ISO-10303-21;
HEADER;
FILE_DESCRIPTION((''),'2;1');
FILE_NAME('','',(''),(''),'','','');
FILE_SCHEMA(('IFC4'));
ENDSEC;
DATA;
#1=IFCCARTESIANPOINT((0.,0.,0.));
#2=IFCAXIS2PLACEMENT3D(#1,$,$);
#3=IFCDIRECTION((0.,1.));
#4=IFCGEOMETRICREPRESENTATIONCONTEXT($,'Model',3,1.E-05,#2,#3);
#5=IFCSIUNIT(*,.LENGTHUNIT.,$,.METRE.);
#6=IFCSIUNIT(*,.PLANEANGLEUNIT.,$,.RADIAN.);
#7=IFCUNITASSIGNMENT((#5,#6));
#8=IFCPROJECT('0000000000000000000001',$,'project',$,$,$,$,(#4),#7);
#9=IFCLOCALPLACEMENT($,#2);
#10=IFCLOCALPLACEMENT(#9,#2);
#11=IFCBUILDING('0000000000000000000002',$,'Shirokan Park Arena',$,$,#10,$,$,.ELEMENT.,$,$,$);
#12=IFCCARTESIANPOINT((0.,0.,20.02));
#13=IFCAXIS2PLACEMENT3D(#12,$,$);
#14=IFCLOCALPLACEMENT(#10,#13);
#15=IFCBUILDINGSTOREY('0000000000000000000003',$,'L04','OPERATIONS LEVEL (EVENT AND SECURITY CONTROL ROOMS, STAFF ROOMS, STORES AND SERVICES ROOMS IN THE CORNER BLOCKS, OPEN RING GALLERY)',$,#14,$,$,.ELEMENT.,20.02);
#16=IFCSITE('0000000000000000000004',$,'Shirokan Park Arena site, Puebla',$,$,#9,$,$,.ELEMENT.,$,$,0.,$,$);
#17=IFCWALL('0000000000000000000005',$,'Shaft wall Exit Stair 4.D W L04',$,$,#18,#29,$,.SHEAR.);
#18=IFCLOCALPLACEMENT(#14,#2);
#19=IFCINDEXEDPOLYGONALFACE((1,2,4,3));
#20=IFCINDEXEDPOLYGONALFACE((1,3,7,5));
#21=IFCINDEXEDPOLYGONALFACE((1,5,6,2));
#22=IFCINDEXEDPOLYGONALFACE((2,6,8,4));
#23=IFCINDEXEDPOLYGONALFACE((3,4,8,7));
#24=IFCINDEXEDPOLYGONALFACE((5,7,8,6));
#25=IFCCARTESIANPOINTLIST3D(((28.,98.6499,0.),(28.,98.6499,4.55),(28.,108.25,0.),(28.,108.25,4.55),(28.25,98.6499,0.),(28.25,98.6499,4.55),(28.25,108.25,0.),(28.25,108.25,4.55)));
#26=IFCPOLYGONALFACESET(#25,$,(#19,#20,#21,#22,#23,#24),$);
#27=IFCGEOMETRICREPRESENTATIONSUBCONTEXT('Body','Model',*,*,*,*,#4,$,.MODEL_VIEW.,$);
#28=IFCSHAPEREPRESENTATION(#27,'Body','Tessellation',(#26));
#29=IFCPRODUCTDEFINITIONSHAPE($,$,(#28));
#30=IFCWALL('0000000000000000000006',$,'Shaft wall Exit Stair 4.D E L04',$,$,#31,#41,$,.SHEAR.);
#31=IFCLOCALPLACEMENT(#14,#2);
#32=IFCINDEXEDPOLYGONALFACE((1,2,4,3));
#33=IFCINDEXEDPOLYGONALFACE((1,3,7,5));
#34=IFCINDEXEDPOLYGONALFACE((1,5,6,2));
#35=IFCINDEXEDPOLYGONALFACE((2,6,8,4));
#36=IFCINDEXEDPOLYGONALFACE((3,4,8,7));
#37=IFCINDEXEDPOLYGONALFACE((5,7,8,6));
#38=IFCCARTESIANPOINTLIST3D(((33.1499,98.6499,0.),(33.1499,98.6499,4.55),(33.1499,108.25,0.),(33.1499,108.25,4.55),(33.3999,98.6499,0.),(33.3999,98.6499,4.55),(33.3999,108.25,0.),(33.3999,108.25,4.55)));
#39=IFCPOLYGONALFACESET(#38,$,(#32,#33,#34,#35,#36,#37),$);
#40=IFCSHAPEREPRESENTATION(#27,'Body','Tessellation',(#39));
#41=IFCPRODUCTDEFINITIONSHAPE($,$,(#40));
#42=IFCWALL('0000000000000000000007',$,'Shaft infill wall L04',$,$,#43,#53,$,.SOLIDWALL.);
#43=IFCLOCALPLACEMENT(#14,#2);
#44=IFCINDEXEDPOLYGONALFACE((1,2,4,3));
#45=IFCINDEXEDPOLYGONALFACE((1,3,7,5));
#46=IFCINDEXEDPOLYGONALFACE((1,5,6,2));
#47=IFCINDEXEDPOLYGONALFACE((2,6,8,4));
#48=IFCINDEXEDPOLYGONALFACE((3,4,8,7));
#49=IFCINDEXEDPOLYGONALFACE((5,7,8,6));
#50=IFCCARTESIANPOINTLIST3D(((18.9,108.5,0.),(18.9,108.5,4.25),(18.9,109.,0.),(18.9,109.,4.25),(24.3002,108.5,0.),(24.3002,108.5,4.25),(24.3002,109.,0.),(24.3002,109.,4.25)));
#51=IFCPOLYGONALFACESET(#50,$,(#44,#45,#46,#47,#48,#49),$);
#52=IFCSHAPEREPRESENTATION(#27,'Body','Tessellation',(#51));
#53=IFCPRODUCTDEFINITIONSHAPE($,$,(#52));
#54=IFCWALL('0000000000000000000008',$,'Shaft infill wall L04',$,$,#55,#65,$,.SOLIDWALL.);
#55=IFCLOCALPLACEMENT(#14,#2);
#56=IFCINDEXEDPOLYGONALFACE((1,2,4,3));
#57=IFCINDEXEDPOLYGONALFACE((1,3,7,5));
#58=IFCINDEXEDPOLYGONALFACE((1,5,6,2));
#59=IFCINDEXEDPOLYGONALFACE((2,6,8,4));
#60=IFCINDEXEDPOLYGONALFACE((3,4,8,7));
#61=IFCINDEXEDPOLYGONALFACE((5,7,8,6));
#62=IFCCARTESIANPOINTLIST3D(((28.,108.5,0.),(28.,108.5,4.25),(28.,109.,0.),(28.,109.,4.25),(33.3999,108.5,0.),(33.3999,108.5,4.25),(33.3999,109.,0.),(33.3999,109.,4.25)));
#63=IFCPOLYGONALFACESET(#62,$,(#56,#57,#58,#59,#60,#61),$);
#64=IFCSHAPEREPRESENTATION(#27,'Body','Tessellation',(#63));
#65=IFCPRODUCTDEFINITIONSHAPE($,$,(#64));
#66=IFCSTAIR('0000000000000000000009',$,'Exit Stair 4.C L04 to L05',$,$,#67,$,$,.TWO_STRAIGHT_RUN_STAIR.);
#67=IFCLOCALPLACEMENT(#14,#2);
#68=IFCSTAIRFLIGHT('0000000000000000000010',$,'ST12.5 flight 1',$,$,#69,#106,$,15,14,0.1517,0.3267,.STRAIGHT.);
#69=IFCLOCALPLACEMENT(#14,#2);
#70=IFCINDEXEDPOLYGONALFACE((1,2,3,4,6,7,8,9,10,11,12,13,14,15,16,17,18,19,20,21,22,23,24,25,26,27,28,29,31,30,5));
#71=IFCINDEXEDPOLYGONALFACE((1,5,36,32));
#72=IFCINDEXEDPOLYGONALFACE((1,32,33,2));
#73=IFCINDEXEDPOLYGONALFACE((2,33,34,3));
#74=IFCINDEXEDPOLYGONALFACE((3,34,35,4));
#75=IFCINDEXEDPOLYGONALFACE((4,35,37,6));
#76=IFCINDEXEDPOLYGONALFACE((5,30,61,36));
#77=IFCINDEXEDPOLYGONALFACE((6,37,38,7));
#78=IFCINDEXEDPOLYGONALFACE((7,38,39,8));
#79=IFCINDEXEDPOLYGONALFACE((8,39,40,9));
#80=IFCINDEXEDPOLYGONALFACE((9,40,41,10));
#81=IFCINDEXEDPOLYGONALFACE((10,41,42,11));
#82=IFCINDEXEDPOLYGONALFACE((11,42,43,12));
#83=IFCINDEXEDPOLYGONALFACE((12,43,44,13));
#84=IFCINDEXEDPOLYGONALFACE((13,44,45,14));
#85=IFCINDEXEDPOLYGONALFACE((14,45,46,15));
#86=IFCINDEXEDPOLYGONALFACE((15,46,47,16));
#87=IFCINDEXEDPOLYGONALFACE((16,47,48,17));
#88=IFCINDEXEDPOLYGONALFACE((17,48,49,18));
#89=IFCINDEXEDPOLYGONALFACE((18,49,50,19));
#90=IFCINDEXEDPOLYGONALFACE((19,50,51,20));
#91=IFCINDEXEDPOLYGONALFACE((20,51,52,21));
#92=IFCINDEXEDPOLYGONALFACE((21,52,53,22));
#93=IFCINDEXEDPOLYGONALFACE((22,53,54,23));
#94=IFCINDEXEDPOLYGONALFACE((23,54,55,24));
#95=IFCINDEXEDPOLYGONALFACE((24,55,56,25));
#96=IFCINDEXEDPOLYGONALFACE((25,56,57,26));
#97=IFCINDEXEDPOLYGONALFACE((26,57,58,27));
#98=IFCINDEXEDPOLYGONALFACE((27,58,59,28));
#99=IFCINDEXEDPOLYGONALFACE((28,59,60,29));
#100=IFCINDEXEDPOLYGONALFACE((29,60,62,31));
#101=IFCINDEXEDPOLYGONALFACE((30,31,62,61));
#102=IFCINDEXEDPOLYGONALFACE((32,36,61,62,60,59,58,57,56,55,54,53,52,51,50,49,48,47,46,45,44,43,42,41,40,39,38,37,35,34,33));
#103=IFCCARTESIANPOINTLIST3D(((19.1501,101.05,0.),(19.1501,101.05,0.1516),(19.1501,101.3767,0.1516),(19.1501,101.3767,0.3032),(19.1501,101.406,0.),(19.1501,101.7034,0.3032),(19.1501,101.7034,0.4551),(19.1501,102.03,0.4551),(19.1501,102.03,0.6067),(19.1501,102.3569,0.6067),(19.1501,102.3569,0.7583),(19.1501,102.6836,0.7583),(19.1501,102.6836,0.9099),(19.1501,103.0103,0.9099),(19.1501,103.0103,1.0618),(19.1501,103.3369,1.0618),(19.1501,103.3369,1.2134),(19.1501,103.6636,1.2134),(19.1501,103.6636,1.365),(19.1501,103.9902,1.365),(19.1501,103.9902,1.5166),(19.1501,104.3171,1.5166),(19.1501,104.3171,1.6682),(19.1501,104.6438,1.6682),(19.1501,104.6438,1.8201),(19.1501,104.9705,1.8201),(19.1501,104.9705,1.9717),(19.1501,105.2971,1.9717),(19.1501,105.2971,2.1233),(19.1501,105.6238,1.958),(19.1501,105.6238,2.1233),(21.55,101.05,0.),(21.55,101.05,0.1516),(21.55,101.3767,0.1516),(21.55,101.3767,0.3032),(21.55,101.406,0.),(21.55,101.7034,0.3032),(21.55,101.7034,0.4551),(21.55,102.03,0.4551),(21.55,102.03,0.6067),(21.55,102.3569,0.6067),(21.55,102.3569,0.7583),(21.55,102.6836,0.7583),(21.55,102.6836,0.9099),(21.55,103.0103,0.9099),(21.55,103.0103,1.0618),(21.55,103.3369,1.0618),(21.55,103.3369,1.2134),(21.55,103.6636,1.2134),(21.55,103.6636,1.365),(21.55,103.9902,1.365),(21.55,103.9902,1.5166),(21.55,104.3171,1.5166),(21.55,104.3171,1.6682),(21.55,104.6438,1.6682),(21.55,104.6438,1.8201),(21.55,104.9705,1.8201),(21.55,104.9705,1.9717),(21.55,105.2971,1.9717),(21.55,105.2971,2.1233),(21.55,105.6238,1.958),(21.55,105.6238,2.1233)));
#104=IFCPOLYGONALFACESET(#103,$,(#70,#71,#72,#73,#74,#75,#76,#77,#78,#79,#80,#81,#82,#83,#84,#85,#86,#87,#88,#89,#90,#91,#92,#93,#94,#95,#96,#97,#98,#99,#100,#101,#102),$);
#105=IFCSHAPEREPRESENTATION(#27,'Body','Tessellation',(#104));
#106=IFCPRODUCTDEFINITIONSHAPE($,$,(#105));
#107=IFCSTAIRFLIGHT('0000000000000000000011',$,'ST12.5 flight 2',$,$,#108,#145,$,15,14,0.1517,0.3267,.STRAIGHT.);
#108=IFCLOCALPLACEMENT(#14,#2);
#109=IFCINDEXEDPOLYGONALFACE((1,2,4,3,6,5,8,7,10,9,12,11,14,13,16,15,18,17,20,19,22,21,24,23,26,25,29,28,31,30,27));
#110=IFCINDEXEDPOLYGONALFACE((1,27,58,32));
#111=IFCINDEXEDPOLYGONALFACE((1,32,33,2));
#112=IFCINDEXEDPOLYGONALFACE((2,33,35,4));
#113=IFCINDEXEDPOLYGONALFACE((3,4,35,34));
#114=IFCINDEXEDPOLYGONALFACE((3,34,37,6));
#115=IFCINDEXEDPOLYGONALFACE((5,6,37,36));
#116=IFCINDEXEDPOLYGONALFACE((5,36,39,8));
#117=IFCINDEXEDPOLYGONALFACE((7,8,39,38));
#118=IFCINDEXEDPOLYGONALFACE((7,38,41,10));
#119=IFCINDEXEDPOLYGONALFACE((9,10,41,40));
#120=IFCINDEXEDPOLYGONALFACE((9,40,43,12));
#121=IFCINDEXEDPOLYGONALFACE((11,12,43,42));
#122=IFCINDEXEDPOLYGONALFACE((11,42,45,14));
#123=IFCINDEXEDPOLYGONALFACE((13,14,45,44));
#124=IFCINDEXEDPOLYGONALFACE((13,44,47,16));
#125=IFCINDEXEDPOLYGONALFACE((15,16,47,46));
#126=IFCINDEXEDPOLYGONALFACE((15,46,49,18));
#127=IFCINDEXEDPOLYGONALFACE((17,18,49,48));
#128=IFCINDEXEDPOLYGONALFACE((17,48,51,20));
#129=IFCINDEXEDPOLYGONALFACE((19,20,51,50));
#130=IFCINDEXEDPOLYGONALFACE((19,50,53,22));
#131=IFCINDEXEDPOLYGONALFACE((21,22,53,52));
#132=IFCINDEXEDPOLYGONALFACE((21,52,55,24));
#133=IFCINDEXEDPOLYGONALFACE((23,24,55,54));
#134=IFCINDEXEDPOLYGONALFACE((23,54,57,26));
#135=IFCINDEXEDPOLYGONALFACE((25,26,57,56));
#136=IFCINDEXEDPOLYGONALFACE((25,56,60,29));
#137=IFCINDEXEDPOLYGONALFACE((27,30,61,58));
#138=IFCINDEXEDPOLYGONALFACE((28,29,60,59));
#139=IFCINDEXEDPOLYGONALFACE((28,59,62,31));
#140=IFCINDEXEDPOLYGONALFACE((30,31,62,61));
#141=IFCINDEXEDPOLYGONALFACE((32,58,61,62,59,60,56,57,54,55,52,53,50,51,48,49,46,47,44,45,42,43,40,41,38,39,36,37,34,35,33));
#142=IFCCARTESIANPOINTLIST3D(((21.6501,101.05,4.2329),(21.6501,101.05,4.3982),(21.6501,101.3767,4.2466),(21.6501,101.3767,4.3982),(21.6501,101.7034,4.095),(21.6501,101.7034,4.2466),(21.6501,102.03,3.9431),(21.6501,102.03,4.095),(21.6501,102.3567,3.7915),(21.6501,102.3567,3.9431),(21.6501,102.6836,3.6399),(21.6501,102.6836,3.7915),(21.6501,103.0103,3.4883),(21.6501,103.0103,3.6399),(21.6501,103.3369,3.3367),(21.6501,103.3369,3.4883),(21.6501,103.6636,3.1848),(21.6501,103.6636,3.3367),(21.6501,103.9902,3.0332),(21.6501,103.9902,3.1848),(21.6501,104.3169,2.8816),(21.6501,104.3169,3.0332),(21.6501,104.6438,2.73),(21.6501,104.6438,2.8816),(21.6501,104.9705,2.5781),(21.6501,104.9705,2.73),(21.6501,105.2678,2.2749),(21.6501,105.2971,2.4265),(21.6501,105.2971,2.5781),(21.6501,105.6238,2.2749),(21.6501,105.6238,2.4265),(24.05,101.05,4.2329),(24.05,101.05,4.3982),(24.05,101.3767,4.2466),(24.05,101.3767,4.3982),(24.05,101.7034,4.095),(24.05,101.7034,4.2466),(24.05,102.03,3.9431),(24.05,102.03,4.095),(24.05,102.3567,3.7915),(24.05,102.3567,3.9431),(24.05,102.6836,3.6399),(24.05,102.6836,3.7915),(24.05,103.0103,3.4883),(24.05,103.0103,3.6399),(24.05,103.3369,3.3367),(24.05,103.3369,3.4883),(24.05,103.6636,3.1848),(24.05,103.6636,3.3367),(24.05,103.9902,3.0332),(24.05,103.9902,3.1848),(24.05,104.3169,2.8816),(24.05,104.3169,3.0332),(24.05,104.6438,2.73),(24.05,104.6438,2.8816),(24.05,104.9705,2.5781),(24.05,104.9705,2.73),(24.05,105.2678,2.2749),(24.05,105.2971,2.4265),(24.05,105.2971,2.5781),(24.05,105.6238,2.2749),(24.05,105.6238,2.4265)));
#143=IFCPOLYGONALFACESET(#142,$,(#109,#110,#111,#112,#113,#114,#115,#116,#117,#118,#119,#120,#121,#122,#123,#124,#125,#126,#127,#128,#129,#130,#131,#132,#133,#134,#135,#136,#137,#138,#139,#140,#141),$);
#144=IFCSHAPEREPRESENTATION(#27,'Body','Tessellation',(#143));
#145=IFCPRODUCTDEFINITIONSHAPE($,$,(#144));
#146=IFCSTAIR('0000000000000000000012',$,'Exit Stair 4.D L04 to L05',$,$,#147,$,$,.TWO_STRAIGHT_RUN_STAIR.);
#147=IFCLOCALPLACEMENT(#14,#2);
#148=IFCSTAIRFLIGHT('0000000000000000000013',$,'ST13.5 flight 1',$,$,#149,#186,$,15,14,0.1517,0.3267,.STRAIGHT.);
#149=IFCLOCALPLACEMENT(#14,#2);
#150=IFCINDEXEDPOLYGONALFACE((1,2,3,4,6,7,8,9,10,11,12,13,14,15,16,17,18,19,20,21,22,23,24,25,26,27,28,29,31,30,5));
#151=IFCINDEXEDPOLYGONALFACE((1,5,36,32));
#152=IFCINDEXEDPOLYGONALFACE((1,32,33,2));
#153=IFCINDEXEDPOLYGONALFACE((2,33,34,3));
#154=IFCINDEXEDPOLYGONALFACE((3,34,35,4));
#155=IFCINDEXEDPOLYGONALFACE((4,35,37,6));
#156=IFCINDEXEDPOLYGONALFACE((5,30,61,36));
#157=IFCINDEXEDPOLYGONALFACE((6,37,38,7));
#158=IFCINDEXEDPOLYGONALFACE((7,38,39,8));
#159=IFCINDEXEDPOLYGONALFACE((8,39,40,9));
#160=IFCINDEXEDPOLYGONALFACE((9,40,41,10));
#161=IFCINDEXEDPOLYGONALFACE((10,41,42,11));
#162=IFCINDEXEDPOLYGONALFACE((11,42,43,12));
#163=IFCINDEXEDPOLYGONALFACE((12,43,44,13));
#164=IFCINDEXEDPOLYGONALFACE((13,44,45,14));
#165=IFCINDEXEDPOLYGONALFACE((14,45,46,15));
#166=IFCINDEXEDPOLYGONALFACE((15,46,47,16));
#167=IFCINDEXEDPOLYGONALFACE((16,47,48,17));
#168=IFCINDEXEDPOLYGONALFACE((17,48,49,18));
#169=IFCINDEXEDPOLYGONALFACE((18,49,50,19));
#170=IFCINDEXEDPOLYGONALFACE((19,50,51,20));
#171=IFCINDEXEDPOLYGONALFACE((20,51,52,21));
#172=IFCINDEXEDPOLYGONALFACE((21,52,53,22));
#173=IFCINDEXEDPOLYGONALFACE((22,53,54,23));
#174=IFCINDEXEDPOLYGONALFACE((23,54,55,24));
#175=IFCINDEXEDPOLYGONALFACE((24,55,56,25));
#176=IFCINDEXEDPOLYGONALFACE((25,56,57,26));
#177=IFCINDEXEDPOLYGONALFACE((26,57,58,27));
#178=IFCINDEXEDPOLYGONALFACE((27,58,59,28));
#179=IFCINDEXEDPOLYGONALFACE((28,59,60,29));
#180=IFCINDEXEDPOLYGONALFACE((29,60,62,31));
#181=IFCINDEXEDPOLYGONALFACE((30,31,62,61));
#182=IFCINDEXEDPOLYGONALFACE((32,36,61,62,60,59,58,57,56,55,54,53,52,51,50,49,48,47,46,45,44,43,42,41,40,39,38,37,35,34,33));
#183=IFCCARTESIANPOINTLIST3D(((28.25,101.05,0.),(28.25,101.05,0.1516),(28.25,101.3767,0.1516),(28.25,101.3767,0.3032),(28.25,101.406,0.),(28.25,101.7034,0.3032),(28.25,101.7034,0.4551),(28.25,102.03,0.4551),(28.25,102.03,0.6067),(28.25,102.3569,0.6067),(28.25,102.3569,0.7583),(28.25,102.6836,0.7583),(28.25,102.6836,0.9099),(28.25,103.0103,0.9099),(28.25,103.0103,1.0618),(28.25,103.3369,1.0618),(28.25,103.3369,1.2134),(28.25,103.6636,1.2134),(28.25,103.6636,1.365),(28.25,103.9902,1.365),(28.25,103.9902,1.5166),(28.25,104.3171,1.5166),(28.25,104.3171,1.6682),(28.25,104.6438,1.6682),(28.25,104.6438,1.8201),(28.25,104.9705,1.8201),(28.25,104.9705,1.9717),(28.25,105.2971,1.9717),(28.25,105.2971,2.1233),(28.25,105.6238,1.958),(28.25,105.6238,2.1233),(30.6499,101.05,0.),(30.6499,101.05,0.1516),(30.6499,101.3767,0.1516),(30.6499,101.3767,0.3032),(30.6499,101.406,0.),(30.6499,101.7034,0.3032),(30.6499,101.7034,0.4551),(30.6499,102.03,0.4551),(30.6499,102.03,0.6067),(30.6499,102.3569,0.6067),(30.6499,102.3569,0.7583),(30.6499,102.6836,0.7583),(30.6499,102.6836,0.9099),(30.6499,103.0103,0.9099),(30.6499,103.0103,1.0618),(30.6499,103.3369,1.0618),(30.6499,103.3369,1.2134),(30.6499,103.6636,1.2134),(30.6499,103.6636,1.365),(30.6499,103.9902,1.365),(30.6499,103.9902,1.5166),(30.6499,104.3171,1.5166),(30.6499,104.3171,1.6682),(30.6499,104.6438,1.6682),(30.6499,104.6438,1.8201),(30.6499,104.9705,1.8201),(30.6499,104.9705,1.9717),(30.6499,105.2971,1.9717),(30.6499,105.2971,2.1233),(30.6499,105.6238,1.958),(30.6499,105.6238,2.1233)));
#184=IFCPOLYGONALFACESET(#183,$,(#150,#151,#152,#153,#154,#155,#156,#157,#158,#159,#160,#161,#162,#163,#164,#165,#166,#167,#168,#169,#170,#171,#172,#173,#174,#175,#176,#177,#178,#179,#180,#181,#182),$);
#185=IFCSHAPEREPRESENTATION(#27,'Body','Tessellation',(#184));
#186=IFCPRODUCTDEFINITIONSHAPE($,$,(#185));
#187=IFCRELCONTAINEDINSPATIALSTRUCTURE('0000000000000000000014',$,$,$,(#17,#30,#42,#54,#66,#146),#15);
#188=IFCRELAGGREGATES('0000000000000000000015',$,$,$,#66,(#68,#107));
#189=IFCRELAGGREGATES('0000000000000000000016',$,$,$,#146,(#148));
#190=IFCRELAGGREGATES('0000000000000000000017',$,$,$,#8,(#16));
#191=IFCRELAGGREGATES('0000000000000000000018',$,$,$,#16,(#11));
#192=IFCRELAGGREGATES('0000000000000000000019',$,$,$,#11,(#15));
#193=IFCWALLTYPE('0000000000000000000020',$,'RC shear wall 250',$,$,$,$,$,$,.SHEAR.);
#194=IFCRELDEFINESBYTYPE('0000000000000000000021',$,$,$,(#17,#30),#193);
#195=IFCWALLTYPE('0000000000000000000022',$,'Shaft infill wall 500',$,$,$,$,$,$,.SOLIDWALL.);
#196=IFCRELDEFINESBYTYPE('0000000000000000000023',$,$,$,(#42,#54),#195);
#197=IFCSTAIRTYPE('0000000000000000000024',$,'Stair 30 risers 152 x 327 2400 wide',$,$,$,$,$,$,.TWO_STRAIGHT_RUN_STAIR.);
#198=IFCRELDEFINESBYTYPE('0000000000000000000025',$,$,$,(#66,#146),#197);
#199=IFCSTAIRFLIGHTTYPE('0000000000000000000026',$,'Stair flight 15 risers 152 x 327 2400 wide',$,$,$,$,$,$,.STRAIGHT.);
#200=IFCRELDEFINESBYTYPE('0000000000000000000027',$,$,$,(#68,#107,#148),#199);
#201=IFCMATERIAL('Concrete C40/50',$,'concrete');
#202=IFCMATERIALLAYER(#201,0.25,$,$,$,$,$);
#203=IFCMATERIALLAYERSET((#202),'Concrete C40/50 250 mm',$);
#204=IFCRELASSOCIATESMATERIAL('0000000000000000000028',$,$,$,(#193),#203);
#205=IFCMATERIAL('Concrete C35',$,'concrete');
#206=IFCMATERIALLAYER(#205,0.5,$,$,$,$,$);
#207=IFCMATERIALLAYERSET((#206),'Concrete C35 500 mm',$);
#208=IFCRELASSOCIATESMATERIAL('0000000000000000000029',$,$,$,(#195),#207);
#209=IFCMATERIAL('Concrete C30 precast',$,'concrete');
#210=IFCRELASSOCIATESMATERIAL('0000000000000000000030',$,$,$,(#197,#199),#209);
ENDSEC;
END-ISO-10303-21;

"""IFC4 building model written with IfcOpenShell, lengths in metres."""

from ifc_helpers import new_model, si_unit, direction, frame, frame_2d, origin, place, context, subcontext, project, spatial, polyline, rectangle, outline, extrude, material, layer, layer_set, type_object, element, aggregate, save


model = new_model("IFC4")

# Units and contexts
model_context = context("Model", 3, precision=1e-05, world=origin(), true_north=direction((0.0, 1.0)))
body_context = subcontext(model_context, "Body", "Model", "MODEL_VIEW")
ifc_project = project(units=[si_unit("LENGTHUNIT", "METRE"), si_unit("PLANEANGLEUNIT", "RADIAN")], contexts=[model_context])

# Site, building, storey
site_placement = place(None, origin())
site = spatial("IfcSite", under=ifc_project, at=site_placement, Name="Shirokan Park Arena site, Puebla", CompositionType="ELEMENT", RefElevation=0.0)
building_placement = place(site_placement, origin())
building = spatial("IfcBuilding", under=site, at=building_placement, Name="Shirokan Park Arena", CompositionType="ELEMENT")
storey_placement = place(building_placement, frame((0.0, 0.0, 20.02)))
storey = spatial("IfcBuildingStorey", under=building, at=storey_placement, Name="L04", Description="OPERATIONS LEVEL (EVENT AND SECURITY CONTROL ROOMS, STAFF ROOMS, STORES AND SERVICES ROOMS IN THE CORNER BLOCKS, OPEN RING GALLERY)", CompositionType="ELEMENT", Elevation=20.02)

# Shared definitions
ifc_material_1 = material(Name="Concrete C35", Category="concrete")

# Walls
ifc_material_2 = material(Name="Concrete C40/50", Category="concrete")
ifc_layer_1 = layer(ifc_material_2, 0.25)
ifc_layer_set_1 = layer_set([ifc_layer_1], Name="Concrete C40/50 250 mm")
wall_type_1 = type_object("IfcWallType", Name="RC shear wall 250", PredefinedType="SHEAR", material=ifc_layer_set_1)
for number, where, z_axis, x_axis, name in (
    (1, (28.125, 108.25, 0.0), (0.0, 0.0, 1.0), (0.0, -1.0, 0.0), "Shaft wall Exit Stair 4.D W L04"),
    (2, (33.2749, 108.25, 0.0), (0.0, 0.0, 1.0), (0.0, -1.0, 0.0), "Shaft wall Exit Stair 4.D E L04"),
):
    element("IfcWall", number, at=place(storey_placement, frame(where, z_axis=z_axis, x_axis=x_axis)), inside=storey, type_object=wall_type_1, Name=name, PredefinedType="SHEAR", context=body_context, shape_type="SweptSolid", body=[
        extrude(rectangle(XDim=9.6001, YDim=0.25, at=frame_2d((4.8, 0.0))), origin(), (0.0, 0.0, 1.0), 4.55),
    ])
ifc_layer_2 = layer(ifc_material_1, 0.5)
ifc_layer_set_2 = layer_set([ifc_layer_2], Name="Concrete C35 500 mm")
wall_type_2 = type_object("IfcWallType", Name="Shaft infill wall 500", PredefinedType="SOLIDWALL", material=ifc_layer_set_2)
wall_1_placement = place(storey_placement, frame((18.8999, 108.75, 0.0), z_axis=(0.0, 0.0, 1.0), x_axis=(1.0, 0.0, 0.0)))
element("IfcWall", 3, at=wall_1_placement, inside=storey, type_object=wall_type_2, Name="Shaft infill wall L04", PredefinedType="SOLIDWALL", context=body_context, shape_type="SweptSolid", body=[
    extrude(rectangle(XDim=5.4001, YDim=0.5, at=frame_2d((2.7002, 0.0))), origin(), (0.0, 0.0, 1.0), 4.25),
])
wall_2_placement = place(storey_placement, frame((28.0, 108.75, 0.0), z_axis=(0.0, 0.0, 1.0), x_axis=(1.0, 0.0, 0.0)))
element("IfcWall", 4, at=wall_2_placement, inside=storey, type_object=wall_type_2, Name="Shaft infill wall L04", PredefinedType="SOLIDWALL", context=body_context, shape_type="SweptSolid", body=[
    extrude(rectangle(XDim=5.3999, YDim=0.5, at=frame_2d((2.7, 0.0))), origin(), (0.0, 0.0, 1.0), 4.25),
])

# Stairs, stair flights
ifc_material_3 = material(Name="Concrete C30 precast", Category="concrete")
stair_type = type_object("IfcStairType", Name="Stair 30 risers 152 x 327 2400 wide", PredefinedType="TWO_STRAIGHT_RUN_STAIR", material=ifc_material_3)
stair_1_placement = place(storey_placement, origin())
stair_1 = element("IfcStair", 5, at=stair_1_placement, inside=storey, type_object=stair_type, Name="Exit Stair 4.C L04 to L05", PredefinedType="TWO_STRAIGHT_RUN_STAIR")
stair_flight_type = type_object("IfcStairFlightType", Name="Stair flight 15 risers 152 x 327 2400 wide", PredefinedType="STRAIGHT", material=ifc_material_3)
stair_flight_1_placement = place(storey_placement, frame((20.3501, 101.05, 0.0), z_axis=(0.0, 0.0, 1.0), x_axis=(0.0, 1.0, 0.0)))
stair_flight_1 = element("IfcStairFlight", 6, at=stair_flight_1_placement, type_object=stair_flight_type, Name="ST12.5 flight 1", NumberOfRisers=15, NumberOfTreads=14, PredefinedType="STRAIGHT", RiserHeight=0.1517, TreadLength=0.3267, context=body_context, shape_type="SweptSolid", body=[
    extrude(outline(polyline([(0.0, 0.0), (0.0, 0.1516), (0.3267, 0.1516), (0.3267, 0.3032), (0.6533, 0.3032), (0.6533, 0.4551), (0.98, 0.4551), (0.98, 0.6067), (1.3069, 0.6067), (1.3069, 0.7583), (1.6335, 0.7583), (1.6335, 0.9099), (1.9602, 0.9099), (1.9602, 1.0618), (2.2869, 1.0618), (2.2869, 1.2134), (2.6135, 1.2134), (2.6135, 1.365), (2.9402, 1.365), (2.9402, 1.5166), (3.2671, 1.5166), (3.2671, 1.6682), (3.5938, 1.6682), (3.5938, 1.8201), (3.9204, 1.8201), (3.9204, 1.9717), (4.2471, 1.9717), (4.2471, 2.1233), (4.5737, 2.1233), (4.5737, 2.2749), (4.5737, 1.958), (0.356, 0.0), (0.0, 0.0)])), frame((0.0, 1.2, 0.0), z_axis=(0.0, -1.0, 0.0), x_axis=(1.0, 0.0, 0.0)), (0.0, 0.0, 1.0), 2.3999),
])
stair_flight_2_placement = place(storey_placement, frame((22.8501, 105.6238, 2.2749), z_axis=(0.0, 0.0, 1.0), x_axis=(0.0, -1.0, 0.0)))
stair_flight_2 = element("IfcStairFlight", 7, at=stair_flight_2_placement, type_object=stair_flight_type, Name="ST12.5 flight 2", NumberOfRisers=15, NumberOfTreads=14, PredefinedType="STRAIGHT", RiserHeight=0.1517, TreadLength=0.3267, context=body_context, shape_type="SweptSolid", body=[
    extrude(outline(polyline([(0.0, 0.0), (0.0, 0.1516), (0.3267, 0.1516), (0.3267, 0.3032), (0.6533, 0.3032), (0.6533, 0.4551), (0.98, 0.4551), (0.98, 0.6067), (1.3069, 0.6067), (1.3069, 0.7583), (1.6335, 0.7583), (1.6335, 0.9099), (1.9602, 0.9099), (1.9602, 1.0618), (2.2869, 1.0618), (2.2869, 1.2134), (2.6135, 1.2134), (2.6135, 1.365), (2.9402, 1.365), (2.9402, 1.5166), (3.2671, 1.5166), (3.2671, 1.6682), (3.5938, 1.6682), (3.5938, 1.8201), (3.9204, 1.8201), (3.9204, 1.9717), (4.2471, 1.9717), (4.2471, 2.1233), (4.5737, 2.1233), (4.5737, 2.2749), (4.5737, 1.958), (0.356, 0.0), (0.0, 0.0)])), frame((0.0, 1.2, 0.0), z_axis=(0.0, -1.0, 0.0), x_axis=(1.0, 0.0, 0.0)), (0.0, 0.0, 1.0), 2.3999),
])
aggregate(stair_1, [stair_flight_1, stair_flight_2])
stair_2_placement = place(storey_placement, origin())
stair_2 = element("IfcStair", 8, at=stair_2_placement, inside=storey, type_object=stair_type, Name="Exit Stair 4.D L04 to L05", PredefinedType="TWO_STRAIGHT_RUN_STAIR")
stair_flight_3_placement = place(storey_placement, frame((29.45, 101.05, 0.0), z_axis=(0.0, 0.0, 1.0), x_axis=(0.0, 1.0, 0.0)))
stair_flight_3 = element("IfcStairFlight", 9, at=stair_flight_3_placement, type_object=stair_flight_type, Name="ST13.5 flight 1", NumberOfRisers=15, NumberOfTreads=14, PredefinedType="STRAIGHT", RiserHeight=0.1517, TreadLength=0.3267, context=body_context, shape_type="SweptSolid", body=[
    extrude(outline(polyline([(0.0, 0.0), (0.0, 0.1516), (0.3267, 0.1516), (0.3267, 0.3032), (0.6533, 0.3032), (0.6533, 0.4551), (0.98, 0.4551), (0.98, 0.6067), (1.3069, 0.6067), (1.3069, 0.7583), (1.6335, 0.7583), (1.6335, 0.9099), (1.9602, 0.9099), (1.9602, 1.0618), (2.2869, 1.0618), (2.2869, 1.2134), (2.6135, 1.2134), (2.6135, 1.365), (2.9402, 1.365), (2.9402, 1.5166), (3.2671, 1.5166), (3.2671, 1.6682), (3.5938, 1.6682), (3.5938, 1.8201), (3.9204, 1.8201), (3.9204, 1.9717), (4.2471, 1.9717), (4.2471, 2.1233), (4.5737, 2.1233), (4.5737, 2.2749), (4.5737, 1.958), (0.356, 0.0), (0.0, 0.0)])), frame((0.0, 1.2, 0.0), z_axis=(0.0, -1.0, 0.0), x_axis=(1.0, 0.0, 0.0)), (0.0, 0.0, 1.0), 2.3999),
])
aggregate(stair_2, [stair_flight_3])

save(model, "model.ifc")
